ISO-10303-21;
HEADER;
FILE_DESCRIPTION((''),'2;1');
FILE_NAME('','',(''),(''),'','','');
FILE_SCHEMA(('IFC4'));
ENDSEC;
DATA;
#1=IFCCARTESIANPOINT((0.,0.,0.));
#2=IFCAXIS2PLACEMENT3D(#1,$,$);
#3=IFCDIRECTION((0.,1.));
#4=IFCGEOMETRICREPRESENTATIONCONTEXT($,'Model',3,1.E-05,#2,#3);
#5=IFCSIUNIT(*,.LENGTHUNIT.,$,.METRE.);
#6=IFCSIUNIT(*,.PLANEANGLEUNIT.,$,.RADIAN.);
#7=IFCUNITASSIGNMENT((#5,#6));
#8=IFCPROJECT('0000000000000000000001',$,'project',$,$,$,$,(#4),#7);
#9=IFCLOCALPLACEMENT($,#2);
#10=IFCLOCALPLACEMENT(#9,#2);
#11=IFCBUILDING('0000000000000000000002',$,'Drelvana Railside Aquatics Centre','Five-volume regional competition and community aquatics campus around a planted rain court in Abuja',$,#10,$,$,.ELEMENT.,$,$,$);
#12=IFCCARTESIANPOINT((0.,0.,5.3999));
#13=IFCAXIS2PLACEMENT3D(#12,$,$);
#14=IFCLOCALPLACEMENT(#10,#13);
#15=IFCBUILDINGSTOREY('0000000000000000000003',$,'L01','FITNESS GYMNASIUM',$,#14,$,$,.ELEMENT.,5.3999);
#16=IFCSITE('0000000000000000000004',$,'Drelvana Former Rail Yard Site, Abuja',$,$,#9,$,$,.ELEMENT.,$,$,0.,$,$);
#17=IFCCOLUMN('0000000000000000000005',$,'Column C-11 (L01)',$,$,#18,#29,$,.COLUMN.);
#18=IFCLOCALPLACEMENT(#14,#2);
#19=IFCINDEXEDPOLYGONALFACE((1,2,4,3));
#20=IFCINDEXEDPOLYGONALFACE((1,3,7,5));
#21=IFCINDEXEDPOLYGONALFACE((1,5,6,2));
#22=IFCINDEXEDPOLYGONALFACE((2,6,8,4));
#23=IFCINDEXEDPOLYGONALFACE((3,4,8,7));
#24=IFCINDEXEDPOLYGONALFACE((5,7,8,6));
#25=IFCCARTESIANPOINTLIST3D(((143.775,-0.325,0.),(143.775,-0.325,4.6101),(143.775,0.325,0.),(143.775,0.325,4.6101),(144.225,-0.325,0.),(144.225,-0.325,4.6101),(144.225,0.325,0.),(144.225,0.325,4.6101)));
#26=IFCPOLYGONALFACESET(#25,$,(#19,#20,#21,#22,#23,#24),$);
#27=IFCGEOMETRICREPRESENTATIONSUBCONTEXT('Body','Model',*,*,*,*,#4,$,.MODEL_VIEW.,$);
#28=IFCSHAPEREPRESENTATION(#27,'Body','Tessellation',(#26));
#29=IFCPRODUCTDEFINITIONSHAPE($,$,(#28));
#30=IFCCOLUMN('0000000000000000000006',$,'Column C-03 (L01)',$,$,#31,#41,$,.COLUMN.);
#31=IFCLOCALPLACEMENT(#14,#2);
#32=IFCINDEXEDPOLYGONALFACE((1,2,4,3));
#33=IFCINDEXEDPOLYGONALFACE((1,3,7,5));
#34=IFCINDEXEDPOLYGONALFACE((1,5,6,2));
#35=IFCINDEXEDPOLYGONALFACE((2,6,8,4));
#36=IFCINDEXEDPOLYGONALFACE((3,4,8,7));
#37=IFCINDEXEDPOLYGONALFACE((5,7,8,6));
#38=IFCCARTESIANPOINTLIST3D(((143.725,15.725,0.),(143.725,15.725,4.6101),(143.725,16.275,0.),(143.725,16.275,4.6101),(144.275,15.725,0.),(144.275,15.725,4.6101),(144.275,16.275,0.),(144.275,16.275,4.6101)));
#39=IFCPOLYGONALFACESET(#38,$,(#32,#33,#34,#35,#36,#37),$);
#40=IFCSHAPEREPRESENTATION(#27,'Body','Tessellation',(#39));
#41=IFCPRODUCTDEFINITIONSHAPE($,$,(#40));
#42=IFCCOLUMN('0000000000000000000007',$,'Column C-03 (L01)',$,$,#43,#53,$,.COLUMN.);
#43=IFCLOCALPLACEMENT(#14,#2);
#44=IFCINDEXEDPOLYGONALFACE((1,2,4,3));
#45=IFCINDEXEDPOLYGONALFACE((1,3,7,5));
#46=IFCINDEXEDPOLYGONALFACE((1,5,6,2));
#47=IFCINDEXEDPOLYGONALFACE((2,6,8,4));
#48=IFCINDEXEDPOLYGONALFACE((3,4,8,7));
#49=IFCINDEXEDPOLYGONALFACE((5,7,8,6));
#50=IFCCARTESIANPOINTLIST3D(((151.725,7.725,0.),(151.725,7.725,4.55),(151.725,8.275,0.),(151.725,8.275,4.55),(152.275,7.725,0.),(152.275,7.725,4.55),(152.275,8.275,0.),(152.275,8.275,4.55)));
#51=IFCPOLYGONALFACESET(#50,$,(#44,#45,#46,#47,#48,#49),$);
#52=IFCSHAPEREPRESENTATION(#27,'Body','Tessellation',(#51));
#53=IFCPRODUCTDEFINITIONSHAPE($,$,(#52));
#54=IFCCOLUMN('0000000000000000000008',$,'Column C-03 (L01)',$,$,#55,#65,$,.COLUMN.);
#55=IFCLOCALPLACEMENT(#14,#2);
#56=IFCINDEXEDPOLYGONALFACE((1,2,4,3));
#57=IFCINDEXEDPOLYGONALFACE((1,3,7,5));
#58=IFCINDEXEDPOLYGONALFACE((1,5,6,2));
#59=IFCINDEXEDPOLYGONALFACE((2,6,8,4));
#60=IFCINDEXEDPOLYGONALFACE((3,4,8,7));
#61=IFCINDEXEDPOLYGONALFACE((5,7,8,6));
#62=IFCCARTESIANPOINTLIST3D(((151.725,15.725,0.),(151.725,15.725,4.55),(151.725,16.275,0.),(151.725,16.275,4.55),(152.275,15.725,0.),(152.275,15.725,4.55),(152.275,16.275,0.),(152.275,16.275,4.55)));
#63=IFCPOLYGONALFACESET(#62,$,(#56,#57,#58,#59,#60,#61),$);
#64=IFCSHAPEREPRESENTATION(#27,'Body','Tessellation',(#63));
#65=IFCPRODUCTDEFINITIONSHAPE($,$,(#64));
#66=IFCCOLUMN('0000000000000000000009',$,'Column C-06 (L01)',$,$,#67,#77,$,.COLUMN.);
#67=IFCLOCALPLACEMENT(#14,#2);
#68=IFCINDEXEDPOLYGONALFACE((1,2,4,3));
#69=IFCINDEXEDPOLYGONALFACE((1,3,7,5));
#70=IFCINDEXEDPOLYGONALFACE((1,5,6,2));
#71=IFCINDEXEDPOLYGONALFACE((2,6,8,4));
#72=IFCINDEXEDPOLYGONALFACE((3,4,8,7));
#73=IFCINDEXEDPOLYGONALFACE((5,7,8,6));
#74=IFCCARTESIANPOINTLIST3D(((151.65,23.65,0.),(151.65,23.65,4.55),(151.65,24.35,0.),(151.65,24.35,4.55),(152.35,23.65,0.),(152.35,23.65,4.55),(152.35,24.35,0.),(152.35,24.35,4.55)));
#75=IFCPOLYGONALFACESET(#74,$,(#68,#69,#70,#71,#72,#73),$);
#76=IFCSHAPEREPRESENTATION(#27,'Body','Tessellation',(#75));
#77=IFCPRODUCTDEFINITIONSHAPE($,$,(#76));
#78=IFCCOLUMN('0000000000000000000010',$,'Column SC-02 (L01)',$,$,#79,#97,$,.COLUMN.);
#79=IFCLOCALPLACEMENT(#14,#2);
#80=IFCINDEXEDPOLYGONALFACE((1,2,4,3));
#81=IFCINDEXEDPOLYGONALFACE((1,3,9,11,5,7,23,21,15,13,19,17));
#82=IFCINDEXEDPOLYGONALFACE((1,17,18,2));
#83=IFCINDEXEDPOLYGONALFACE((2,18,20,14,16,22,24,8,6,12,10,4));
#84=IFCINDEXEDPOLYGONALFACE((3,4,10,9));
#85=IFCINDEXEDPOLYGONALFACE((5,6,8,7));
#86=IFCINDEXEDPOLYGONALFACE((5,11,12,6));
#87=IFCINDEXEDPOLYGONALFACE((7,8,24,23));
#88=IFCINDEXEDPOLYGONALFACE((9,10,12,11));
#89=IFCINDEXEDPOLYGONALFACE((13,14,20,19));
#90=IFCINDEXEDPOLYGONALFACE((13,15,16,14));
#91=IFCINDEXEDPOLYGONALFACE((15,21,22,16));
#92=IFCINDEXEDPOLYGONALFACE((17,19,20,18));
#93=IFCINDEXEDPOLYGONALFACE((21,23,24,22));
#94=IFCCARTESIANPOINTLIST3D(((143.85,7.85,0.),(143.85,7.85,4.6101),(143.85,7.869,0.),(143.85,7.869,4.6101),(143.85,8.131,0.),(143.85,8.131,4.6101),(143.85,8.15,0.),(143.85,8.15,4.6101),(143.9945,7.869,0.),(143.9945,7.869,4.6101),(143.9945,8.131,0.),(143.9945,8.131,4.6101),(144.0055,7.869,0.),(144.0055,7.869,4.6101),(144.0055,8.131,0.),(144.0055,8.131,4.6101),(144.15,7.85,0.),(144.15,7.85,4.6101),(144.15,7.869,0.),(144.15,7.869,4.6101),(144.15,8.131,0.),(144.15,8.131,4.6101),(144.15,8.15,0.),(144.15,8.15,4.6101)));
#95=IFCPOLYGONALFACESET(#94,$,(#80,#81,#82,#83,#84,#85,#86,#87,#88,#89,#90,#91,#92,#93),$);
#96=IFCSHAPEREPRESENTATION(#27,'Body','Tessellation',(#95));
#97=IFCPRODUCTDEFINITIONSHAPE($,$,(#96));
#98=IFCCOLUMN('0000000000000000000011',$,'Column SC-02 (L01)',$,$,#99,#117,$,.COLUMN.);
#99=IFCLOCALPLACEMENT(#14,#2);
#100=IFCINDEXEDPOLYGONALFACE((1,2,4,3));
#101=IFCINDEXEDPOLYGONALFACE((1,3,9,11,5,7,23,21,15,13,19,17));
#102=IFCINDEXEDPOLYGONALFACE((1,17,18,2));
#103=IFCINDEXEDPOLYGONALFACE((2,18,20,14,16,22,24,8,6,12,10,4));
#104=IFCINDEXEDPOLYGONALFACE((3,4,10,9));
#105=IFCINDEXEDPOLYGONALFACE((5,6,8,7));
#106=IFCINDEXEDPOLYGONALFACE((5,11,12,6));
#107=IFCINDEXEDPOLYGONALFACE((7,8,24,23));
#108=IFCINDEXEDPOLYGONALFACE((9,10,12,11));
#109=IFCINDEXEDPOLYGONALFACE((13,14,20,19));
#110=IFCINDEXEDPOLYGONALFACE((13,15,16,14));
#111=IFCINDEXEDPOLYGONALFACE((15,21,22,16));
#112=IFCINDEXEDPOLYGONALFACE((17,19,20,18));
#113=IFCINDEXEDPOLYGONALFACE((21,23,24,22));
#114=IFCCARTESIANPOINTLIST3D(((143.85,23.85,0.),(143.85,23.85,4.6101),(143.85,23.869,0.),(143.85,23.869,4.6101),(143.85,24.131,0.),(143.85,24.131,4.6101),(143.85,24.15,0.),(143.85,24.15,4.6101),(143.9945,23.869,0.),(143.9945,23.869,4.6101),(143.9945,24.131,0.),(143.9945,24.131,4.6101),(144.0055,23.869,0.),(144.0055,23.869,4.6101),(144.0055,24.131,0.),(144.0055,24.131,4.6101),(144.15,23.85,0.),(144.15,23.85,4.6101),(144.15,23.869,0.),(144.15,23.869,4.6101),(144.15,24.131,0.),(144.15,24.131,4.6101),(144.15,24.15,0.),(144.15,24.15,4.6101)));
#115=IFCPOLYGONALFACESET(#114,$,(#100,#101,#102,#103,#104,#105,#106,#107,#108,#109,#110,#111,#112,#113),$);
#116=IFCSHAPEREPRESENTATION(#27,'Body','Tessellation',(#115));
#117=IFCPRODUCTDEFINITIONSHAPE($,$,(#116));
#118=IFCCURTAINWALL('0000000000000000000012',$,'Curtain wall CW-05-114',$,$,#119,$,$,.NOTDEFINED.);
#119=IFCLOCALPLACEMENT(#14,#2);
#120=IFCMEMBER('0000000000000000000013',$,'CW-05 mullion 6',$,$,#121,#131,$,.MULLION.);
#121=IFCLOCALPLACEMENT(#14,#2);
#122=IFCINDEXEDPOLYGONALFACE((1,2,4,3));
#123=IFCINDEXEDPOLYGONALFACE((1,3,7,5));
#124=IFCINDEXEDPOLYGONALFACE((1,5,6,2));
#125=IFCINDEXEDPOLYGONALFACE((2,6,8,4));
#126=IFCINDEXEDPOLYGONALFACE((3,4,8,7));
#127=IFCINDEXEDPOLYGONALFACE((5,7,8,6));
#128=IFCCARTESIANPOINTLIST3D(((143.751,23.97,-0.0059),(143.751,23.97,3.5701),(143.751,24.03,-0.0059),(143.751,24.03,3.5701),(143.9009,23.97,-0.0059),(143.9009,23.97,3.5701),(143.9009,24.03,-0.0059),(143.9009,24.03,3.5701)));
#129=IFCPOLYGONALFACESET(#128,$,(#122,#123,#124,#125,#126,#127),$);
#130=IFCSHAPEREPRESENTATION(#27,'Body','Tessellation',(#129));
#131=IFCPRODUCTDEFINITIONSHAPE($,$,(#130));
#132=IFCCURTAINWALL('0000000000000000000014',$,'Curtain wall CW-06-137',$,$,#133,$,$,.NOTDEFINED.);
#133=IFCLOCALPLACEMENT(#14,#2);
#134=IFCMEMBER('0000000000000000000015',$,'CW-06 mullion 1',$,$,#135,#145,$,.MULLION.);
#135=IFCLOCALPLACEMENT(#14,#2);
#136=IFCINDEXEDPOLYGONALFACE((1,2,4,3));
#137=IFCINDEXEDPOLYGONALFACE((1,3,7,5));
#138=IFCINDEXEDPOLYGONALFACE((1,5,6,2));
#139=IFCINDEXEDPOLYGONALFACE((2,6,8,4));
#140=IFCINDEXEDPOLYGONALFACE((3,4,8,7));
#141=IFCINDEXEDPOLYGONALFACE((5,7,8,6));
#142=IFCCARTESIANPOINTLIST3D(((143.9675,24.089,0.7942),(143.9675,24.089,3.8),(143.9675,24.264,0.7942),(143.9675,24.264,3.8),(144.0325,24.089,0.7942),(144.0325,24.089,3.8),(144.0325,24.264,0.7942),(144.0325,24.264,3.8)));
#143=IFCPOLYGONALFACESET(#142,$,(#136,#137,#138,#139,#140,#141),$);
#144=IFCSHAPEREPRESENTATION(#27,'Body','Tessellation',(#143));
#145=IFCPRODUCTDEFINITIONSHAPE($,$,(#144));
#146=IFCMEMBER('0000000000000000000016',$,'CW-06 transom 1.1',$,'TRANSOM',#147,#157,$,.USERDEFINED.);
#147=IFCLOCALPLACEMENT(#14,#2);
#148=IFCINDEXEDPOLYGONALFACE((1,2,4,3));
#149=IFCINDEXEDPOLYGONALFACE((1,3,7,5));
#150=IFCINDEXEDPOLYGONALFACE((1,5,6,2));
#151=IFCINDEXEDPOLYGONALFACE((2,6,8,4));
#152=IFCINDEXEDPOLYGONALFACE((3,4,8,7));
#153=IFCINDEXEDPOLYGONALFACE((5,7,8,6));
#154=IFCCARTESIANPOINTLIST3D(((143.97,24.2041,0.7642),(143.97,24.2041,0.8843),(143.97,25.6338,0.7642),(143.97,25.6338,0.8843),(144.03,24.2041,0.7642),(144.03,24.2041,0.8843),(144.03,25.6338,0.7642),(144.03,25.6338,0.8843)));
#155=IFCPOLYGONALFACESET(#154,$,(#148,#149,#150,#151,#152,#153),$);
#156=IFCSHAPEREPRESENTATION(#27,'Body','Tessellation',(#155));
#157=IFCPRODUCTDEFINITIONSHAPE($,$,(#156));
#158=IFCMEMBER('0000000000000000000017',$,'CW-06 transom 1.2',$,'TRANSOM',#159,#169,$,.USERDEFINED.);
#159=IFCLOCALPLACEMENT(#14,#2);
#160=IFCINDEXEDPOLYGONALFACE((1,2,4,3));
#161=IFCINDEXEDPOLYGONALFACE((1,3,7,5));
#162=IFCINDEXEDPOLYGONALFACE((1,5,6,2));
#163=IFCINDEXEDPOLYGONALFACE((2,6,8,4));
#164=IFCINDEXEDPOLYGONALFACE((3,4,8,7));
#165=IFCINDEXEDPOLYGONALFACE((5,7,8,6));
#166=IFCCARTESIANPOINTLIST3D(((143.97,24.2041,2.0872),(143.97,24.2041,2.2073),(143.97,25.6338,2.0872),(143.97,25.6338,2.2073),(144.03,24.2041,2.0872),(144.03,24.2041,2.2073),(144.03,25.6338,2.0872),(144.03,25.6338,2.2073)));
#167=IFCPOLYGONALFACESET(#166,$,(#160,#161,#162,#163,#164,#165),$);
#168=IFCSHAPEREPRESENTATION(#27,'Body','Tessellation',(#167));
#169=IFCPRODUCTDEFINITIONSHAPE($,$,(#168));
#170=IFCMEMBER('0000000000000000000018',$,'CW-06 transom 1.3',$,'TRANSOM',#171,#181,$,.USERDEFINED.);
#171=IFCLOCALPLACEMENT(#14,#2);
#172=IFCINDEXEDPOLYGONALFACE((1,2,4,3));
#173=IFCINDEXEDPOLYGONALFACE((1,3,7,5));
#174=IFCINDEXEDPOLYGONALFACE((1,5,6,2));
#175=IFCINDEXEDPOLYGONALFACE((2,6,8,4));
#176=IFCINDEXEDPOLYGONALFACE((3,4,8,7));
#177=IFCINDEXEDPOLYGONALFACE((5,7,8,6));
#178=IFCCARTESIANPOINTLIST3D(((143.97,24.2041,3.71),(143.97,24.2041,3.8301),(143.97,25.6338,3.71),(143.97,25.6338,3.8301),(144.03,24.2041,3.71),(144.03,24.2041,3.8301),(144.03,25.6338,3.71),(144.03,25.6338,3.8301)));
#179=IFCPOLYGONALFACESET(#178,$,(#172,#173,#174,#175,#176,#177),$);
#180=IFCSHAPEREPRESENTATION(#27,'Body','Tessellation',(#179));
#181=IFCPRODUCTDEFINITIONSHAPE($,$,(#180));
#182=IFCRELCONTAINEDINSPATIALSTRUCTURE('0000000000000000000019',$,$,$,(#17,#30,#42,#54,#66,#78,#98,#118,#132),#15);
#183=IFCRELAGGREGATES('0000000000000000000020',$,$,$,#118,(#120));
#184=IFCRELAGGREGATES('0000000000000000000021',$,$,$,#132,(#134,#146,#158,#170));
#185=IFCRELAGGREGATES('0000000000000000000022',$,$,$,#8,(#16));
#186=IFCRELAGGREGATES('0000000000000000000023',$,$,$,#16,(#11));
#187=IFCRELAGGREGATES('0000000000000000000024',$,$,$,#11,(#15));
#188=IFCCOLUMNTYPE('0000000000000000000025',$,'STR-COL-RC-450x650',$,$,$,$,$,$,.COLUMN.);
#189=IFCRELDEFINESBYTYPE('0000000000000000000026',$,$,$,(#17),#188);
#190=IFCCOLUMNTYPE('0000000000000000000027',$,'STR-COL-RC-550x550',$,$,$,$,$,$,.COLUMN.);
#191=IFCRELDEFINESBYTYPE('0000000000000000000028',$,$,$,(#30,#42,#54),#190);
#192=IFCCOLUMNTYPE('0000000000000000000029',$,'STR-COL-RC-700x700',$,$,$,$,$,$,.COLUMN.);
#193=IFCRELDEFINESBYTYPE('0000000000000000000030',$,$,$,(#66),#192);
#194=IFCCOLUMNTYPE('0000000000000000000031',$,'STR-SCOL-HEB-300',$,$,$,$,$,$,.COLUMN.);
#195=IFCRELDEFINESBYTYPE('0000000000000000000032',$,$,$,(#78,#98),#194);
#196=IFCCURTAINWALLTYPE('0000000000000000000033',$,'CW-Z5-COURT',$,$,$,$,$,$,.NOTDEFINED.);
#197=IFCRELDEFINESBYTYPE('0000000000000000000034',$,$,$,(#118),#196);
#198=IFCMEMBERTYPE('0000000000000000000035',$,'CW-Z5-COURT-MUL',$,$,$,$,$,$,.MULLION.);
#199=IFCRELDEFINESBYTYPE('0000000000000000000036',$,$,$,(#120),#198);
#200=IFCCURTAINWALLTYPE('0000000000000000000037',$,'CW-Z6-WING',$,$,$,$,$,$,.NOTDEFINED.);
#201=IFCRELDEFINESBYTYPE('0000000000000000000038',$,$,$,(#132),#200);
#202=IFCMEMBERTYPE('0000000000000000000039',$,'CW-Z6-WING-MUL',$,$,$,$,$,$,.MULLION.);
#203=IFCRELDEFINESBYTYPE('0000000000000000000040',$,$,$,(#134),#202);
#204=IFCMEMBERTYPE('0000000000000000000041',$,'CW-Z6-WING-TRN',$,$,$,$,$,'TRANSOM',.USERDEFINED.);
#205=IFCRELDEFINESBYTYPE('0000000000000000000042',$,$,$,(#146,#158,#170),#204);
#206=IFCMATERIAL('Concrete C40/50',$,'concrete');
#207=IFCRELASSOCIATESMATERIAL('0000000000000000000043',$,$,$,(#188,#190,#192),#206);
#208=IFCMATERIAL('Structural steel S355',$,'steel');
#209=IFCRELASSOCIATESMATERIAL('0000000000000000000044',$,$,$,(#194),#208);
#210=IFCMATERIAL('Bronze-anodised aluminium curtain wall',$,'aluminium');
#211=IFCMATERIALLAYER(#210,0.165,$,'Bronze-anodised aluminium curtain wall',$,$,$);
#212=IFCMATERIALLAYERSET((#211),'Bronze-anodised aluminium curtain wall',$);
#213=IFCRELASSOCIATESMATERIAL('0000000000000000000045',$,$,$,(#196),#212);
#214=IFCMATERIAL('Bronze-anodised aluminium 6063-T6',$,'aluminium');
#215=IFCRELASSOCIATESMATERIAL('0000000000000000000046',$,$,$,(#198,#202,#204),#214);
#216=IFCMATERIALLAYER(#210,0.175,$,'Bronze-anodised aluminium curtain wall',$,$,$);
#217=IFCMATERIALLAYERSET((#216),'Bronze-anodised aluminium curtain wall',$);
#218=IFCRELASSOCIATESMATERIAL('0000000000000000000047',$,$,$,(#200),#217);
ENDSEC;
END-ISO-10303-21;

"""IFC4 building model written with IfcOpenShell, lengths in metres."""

from ifc_helpers import new_model, si_unit, direction, frame, origin, origin_2d, place, context, subcontext, project, spatial, rectangle, i_section, extrude, material, layer, layer_set, material_profile, profile_set, type_object, element, aggregate, save


model = new_model("IFC4")

# Units and contexts
model_context = context("Model", 3, precision=1e-05, world=origin(), true_north=direction((0.0, 1.0)))
body_context = subcontext(model_context, "Body", "Model", "MODEL_VIEW")
ifc_project = project(units=[si_unit("LENGTHUNIT", "METRE"), si_unit("PLANEANGLEUNIT", "RADIAN")], contexts=[model_context])

# Site, building, storey
site_placement = place(None, origin())
site = spatial("IfcSite", under=ifc_project, at=site_placement, Name="Drelvana Former Rail Yard Site, Abuja", CompositionType="ELEMENT", RefElevation=0.0)
building_placement = place(site_placement, origin())
building = spatial("IfcBuilding", under=site, at=building_placement, Name="Drelvana Railside Aquatics Centre", Description="Five-volume regional competition and community aquatics campus around a planted rain court in Abuja", CompositionType="ELEMENT")
storey_placement = place(building_placement, frame((0.0, 0.0, 5.3999)))
storey = spatial("IfcBuildingStorey", under=building, at=storey_placement, Name="L01", Description="FITNESS GYMNASIUM", CompositionType="ELEMENT", Elevation=5.3999)

# Columns
ifc_material_1 = material(Name="Concrete C40/50", Category="concrete")
ifc_material_profile_1 = material_profile(ifc_material_1, rectangle(XDim=0.45, YDim=0.6499, at=origin_2d()), Name="RC 450x650")
ifc_profile_set_1 = profile_set([ifc_material_profile_1], Name="Concrete C40/50")
column_type_1 = type_object("IfcColumnType", Name="STR-COL-RC-450x650", PredefinedType="COLUMN", material=ifc_profile_set_1)
column_1_placement = place(storey_placement, frame((144.0, 0.0, 0.0), z_axis=(0.0, 0.0, 1.0), x_axis=(1.0, 0.0, 0.0)))
element("IfcColumn", 1, at=column_1_placement, inside=storey, type_object=column_type_1, Name="Column C-11 (L01)", PredefinedType="COLUMN", context=body_context, shape_type="SweptSolid", body=[
    extrude(rectangle(XDim=0.45, YDim=0.6499, at=origin_2d()), origin(), (0.0, 0.0, 1.0), 4.6101),
])
ifc_material_profile_2 = material_profile(ifc_material_1, rectangle(XDim=0.55, YDim=0.55, at=origin_2d()), Name="RC 550x550")
ifc_profile_set_2 = profile_set([ifc_material_profile_2], Name="Concrete C40/50")
column_type_2 = type_object("IfcColumnType", Name="STR-COL-RC-550x550", PredefinedType="COLUMN", material=ifc_profile_set_2)
column_2_placement = place(storey_placement, frame((144.0, 16.0, 0.0), z_axis=(0.0, 0.0, 1.0), x_axis=(1.0, 0.0, 0.0)))
element("IfcColumn", 2, at=column_2_placement, inside=storey, type_object=column_type_2, Name="Column C-03 (L01)", PredefinedType="COLUMN", context=body_context, shape_type="SweptSolid", body=[
    extrude(rectangle(XDim=0.55, YDim=0.55, at=origin_2d()), origin(), (0.0, 0.0, 1.0), 4.6101),
])
for number, where, z_axis, x_axis, name in (
    (3, (152.0, 8.0, 0.0), (0.0, 0.0, 1.0), (1.0, 0.0, 0.0), "Column C-03 (L01)"),
    (4, (152.0, 16.0, 0.0), (0.0, 0.0, 1.0), (1.0, 0.0, 0.0), "Column C-03 (L01)"),
):
    element("IfcColumn", number, at=place(storey_placement, frame(where, z_axis=z_axis, x_axis=x_axis)), inside=storey, type_object=column_type_2, Name=name, PredefinedType="COLUMN", context=body_context, shape_type="SweptSolid", body=[
        extrude(rectangle(XDim=0.55, YDim=0.55, at=origin_2d()), origin(), (0.0, 0.0, 1.0), 4.55),
    ])
ifc_material_profile_3 = material_profile(ifc_material_1, rectangle(XDim=0.7, YDim=0.7, at=origin_2d()), Name="RC 700x700")
ifc_profile_set_3 = profile_set([ifc_material_profile_3], Name="Concrete C40/50")
column_type_3 = type_object("IfcColumnType", Name="STR-COL-RC-700x700", PredefinedType="COLUMN", material=ifc_profile_set_3)
column_3_placement = place(storey_placement, frame((152.0, 24.0, 0.0), z_axis=(0.0, 0.0, 1.0), x_axis=(1.0, 0.0, 0.0)))
element("IfcColumn", 5, at=column_3_placement, inside=storey, type_object=column_type_3, Name="Column C-06 (L01)", PredefinedType="COLUMN", context=body_context, shape_type="SweptSolid", body=[
    extrude(rectangle(XDim=0.7, YDim=0.7, at=origin_2d()), origin(), (0.0, 0.0, 1.0), 4.55),
])
ifc_material_2 = material(Name="Structural steel S355", Category="steel")
ifc_material_profile_4 = material_profile(ifc_material_2, i_section(OverallWidth=0.3, OverallDepth=0.3, WebThickness=0.011, FlangeThickness=0.019, at=origin_2d()), Name="HEB 300")
ifc_profile_set_4 = profile_set([ifc_material_profile_4], Name="Structural steel S355")
column_type_4 = type_object("IfcColumnType", Name="STR-SCOL-HEB-300", PredefinedType="COLUMN", material=ifc_profile_set_4)
for number, where, z_axis, x_axis, name in (
    (6, (144.0, 8.0, 0.0), (0.0, 0.0, 1.0), (1.0, 0.0, 0.0), "Column SC-02 (L01)"),
    (7, (144.0, 24.0, 0.0), (0.0, 0.0, 1.0), (1.0, 0.0, 0.0), "Column SC-02 (L01)"),
):
    element("IfcColumn", number, at=place(storey_placement, frame(where, z_axis=z_axis, x_axis=x_axis)), inside=storey, type_object=column_type_4, Name=name, PredefinedType="COLUMN", context=body_context, shape_type="SweptSolid", body=[
        extrude(i_section(OverallWidth=0.3, OverallDepth=0.3, WebThickness=0.011, FlangeThickness=0.019, at=origin_2d()), origin(), (0.0, 0.0, 1.0), 4.6101),
    ])

# Curtain wall, member
ifc_material_3 = material(Name="Bronze-anodised aluminium curtain wall", Category="aluminium")
ifc_layer_1 = layer(ifc_material_3, 0.165, Name="Bronze-anodised aluminium curtain wall")
ifc_layer_set_1 = layer_set([ifc_layer_1], Name="Bronze-anodised aluminium curtain wall")
curtain_wall_type_1 = type_object("IfcCurtainWallType", Name="CW-Z5-COURT", PredefinedType="NOTDEFINED", material=ifc_layer_set_1)
curtain_wall_1_placement = place(storey_placement, origin())
curtain_wall_1 = element("IfcCurtainWall", 8, at=curtain_wall_1_placement, inside=storey, type_object=curtain_wall_type_1, Name="Curtain wall CW-05-114", PredefinedType="NOTDEFINED")
ifc_material_4 = material(Name="Bronze-anodised aluminium 6063-T6", Category="aluminium")
ifc_material_profile_5 = material_profile(ifc_material_4, rectangle(XDim=0.0601, YDim=0.1499, at=origin_2d()), Name="ALU-M 60x150")
ifc_profile_set_5 = profile_set([ifc_material_profile_5], Name="Bronze-anodised aluminium 6063-T6")
member_type_1 = type_object("IfcMemberType", Name="CW-Z5-COURT-MUL", PredefinedType="MULLION", material=ifc_profile_set_5)
member_1_placement = place(storey_placement, frame((143.8259, 24.0, -0.0059), z_axis=(0.0, 0.0, 1.0), x_axis=(0.0, 1.0, 0.0)))
member_1 = element("IfcMember", 9, at=member_1_placement, type_object=member_type_1, Name="CW-05 mullion 6", PredefinedType="MULLION", context=body_context, shape_type="SweptSolid", body=[
    extrude(rectangle(XDim=0.0601, YDim=0.1499, at=origin_2d()), origin(), (0.0, 0.0, 1.0), 3.5759),
])
aggregate(curtain_wall_1, [member_1])

# Curtain wall, members
ifc_layer_2 = layer(ifc_material_3, 0.175, Name="Bronze-anodised aluminium curtain wall")
ifc_layer_set_2 = layer_set([ifc_layer_2], Name="Bronze-anodised aluminium curtain wall")
curtain_wall_type_2 = type_object("IfcCurtainWallType", Name="CW-Z6-WING", PredefinedType="NOTDEFINED", material=ifc_layer_set_2)
curtain_wall_2_placement = place(storey_placement, origin())
curtain_wall_2 = element("IfcCurtainWall", 10, at=curtain_wall_2_placement, inside=storey, type_object=curtain_wall_type_2, Name="Curtain wall CW-06-137", PredefinedType="NOTDEFINED")
ifc_material_profile_6 = material_profile(ifc_material_4, rectangle(XDim=0.0649, YDim=0.175, at=origin_2d()), Name="ALU-M 65x175")
ifc_profile_set_6 = profile_set([ifc_material_profile_6], Name="Bronze-anodised aluminium 6063-T6")
member_type_2 = type_object("IfcMemberType", Name="CW-Z6-WING-MUL", PredefinedType="MULLION", material=ifc_profile_set_6)
member_2_placement = place(storey_placement, frame((144.0, 24.1765, 0.7942), z_axis=(0.0, 0.0, 1.0), x_axis=(-1.0, 0.0, 0.0)))
member_2 = element("IfcMember", 11, at=member_2_placement, type_object=member_type_2, Name="CW-06 mullion 1", PredefinedType="MULLION", context=body_context, shape_type="SweptSolid", body=[
    extrude(rectangle(XDim=0.0649, YDim=0.175, at=origin_2d()), origin(), (0.0, 0.0, 1.0), 3.0059),
])
ifc_material_profile_7 = material_profile(ifc_material_4, rectangle(XDim=0.1201, YDim=0.0601, at=origin_2d()), Name="ALU-T 60x120")
ifc_profile_set_7 = profile_set([ifc_material_profile_7], Name="Bronze-anodised aluminium 6063-T6")
member_type_3 = type_object("IfcMemberType", Name="CW-Z6-WING-TRN", ElementType="TRANSOM", PredefinedType="USERDEFINED", material=ifc_profile_set_7)
member_3_placement = place(storey_placement, frame((144.0, 24.2041, 0.8242), z_axis=(0.0, 1.0, 0.0), x_axis=(0.0, 0.0, 1.0)))
member_3 = element("IfcMember", 12, at=member_3_placement, type_object=member_type_3, Name="CW-06 transom 1.1", ObjectType="TRANSOM", PredefinedType="USERDEFINED", context=body_context, shape_type="SweptSolid", body=[
    extrude(rectangle(XDim=0.1201, YDim=0.0601, at=origin_2d()), origin(), (0.0, 0.0, 1.0), 1.4297),
])
member_4_placement = place(storey_placement, frame((144.0, 24.2041, 2.1472), z_axis=(0.0, 1.0, 0.0), x_axis=(0.0, 0.0, 1.0)))
member_4 = element("IfcMember", 13, at=member_4_placement, type_object=member_type_3, Name="CW-06 transom 1.2", ObjectType="TRANSOM", PredefinedType="USERDEFINED", context=body_context, shape_type="SweptSolid", body=[
    extrude(rectangle(XDim=0.1201, YDim=0.0601, at=origin_2d()), origin(), (0.0, 0.0, 1.0), 1.4297),
])
member_5_placement = place(storey_placement, frame((144.0, 24.2041, 3.77), z_axis=(0.0, 1.0, 0.0), x_axis=(0.0, 0.0, 1.0)))
member_5 = element("IfcMember", 14, at=member_5_placement, type_object=member_type_3, Name="CW-06 transom 1.3", ObjectType="TRANSOM", PredefinedType="USERDEFINED", context=body_context, shape_type="SweptSolid", body=[
    extrude(rectangle(XDim=0.1201, YDim=0.0601, at=origin_2d()), origin(), (0.0, 0.0, 1.0), 1.4297),
])
aggregate(curtain_wall_2, [member_2, member_3, member_4, member_5])

save(model, "model.ifc")
